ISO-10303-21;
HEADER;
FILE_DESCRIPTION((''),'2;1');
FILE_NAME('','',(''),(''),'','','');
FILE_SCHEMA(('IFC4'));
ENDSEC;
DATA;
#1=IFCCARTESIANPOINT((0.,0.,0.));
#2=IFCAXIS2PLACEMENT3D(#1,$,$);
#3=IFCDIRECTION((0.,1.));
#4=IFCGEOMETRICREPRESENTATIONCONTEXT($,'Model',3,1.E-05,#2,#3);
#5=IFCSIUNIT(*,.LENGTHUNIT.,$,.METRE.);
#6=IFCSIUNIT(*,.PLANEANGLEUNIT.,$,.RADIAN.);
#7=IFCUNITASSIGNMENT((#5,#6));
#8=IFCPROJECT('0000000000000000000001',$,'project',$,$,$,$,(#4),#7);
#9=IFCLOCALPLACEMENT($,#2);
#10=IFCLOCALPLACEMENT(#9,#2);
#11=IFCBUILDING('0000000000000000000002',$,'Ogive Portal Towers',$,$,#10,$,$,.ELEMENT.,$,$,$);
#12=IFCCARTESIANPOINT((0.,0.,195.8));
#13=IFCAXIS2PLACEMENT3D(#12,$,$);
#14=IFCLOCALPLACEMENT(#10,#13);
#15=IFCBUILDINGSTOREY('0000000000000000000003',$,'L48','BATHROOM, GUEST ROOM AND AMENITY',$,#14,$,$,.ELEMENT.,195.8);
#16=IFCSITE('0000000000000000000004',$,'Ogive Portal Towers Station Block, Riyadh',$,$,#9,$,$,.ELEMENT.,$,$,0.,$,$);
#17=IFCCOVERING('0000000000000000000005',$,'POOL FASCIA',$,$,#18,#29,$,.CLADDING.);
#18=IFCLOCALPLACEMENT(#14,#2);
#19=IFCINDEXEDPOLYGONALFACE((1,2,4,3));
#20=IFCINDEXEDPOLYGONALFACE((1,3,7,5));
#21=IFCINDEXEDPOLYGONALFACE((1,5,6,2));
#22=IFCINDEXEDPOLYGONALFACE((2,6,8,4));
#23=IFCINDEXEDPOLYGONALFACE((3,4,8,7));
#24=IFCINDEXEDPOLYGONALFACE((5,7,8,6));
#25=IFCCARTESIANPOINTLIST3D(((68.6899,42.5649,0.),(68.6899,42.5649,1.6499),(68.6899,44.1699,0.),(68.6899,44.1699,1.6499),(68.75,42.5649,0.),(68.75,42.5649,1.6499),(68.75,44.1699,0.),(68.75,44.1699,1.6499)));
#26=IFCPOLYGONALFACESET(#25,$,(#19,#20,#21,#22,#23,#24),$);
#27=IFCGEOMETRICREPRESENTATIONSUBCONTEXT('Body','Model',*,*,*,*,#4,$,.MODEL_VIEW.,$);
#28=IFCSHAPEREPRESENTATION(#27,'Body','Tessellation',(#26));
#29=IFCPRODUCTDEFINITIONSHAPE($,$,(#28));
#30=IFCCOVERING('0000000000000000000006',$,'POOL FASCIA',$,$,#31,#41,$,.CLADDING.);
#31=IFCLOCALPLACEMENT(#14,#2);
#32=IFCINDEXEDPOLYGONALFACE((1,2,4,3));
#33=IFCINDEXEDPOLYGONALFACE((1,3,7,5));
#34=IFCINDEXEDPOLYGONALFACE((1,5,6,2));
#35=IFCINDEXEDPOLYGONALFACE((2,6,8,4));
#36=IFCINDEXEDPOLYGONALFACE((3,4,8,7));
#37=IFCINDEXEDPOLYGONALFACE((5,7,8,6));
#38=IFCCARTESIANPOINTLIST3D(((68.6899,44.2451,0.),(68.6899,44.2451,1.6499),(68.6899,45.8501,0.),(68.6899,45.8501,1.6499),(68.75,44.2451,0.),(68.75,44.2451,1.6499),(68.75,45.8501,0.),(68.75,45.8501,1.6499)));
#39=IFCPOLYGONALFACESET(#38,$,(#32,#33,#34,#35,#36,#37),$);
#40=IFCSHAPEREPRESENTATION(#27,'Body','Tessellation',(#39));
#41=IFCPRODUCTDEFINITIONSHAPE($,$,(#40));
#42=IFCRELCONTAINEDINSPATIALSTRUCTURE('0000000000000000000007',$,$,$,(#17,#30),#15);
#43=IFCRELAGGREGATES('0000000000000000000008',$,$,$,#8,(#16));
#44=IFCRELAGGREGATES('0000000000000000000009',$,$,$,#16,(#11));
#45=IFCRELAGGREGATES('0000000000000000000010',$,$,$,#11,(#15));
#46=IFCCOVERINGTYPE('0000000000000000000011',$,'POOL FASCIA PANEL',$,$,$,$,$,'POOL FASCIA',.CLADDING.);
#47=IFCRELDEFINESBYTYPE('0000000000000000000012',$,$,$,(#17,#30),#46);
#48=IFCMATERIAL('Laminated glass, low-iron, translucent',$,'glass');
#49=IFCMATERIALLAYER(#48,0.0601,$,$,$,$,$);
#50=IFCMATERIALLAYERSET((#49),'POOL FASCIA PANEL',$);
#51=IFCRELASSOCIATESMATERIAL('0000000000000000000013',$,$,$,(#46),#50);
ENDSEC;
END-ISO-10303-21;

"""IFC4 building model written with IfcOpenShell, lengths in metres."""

from ifc_helpers import new_model, si_unit, direction, frame, origin, origin_2d, place, context, subcontext, project, spatial, rectangle, extrude, material, layer, layer_set, type_object, element, save


model = new_model("IFC4")

# Units and contexts
model_context = context("Model", 3, precision=1e-05, world=origin(), true_north=direction((0.0, 1.0)))
body_context = subcontext(model_context, "Body", "Model", "MODEL_VIEW")
ifc_project = project(units=[si_unit("LENGTHUNIT", "METRE"), si_unit("PLANEANGLEUNIT", "RADIAN")], contexts=[model_context])

# Site, building, storey
site_placement = place(None, origin())
site = spatial("IfcSite", under=ifc_project, at=site_placement, Name="Ogive Portal Towers Station Block, Riyadh", CompositionType="ELEMENT", RefElevation=0.0)
building_placement = place(site_placement, origin())
building = spatial("IfcBuilding", under=site, at=building_placement, Name="Ogive Portal Towers", CompositionType="ELEMENT")
storey_placement = place(building_placement, frame((0.0, 0.0, 195.8)))
storey = spatial("IfcBuildingStorey", under=building, at=storey_placement, Name="L48", Description="BATHROOM, GUEST ROOM AND AMENITY", CompositionType="ELEMENT", Elevation=195.8)

# Coverings
ifc_material_1 = material(Name="Laminated glass, low-iron, translucent", Category="glass")
ifc_layer_1 = layer(ifc_material_1, 0.0601)
ifc_layer_set_1 = layer_set([ifc_layer_1], Name="POOL FASCIA PANEL")
covering_type_1 = type_object("IfcCoveringType", Name="POOL FASCIA PANEL", ElementType="POOL FASCIA", PredefinedType="CLADDING", material=ifc_layer_set_1)
for number, where, z_axis, x_axis, name in (
    (1, (68.72, 43.3674, 0.0), (0.0, 0.0, 1.0), (1.0, 0.0, 0.0), "POOL FASCIA"),
    (2, (68.72, 45.0476, 0.0), (0.0, 0.0, 1.0), (1.0, 0.0, 0.0), "POOL FASCIA"),
):
    element("IfcCovering", number, at=place(storey_placement, frame(where, z_axis=z_axis, x_axis=x_axis)), inside=storey, type_object=covering_type_1, Name=name, PredefinedType="CLADDING", context=body_context, shape_type="SweptSolid", body=[
        extrude(rectangle(XDim=0.0601, YDim=1.605, at=origin_2d()), origin(), (0.0, 0.0, 1.0), 1.6499),
    ])

save(model, "model.ifc")
